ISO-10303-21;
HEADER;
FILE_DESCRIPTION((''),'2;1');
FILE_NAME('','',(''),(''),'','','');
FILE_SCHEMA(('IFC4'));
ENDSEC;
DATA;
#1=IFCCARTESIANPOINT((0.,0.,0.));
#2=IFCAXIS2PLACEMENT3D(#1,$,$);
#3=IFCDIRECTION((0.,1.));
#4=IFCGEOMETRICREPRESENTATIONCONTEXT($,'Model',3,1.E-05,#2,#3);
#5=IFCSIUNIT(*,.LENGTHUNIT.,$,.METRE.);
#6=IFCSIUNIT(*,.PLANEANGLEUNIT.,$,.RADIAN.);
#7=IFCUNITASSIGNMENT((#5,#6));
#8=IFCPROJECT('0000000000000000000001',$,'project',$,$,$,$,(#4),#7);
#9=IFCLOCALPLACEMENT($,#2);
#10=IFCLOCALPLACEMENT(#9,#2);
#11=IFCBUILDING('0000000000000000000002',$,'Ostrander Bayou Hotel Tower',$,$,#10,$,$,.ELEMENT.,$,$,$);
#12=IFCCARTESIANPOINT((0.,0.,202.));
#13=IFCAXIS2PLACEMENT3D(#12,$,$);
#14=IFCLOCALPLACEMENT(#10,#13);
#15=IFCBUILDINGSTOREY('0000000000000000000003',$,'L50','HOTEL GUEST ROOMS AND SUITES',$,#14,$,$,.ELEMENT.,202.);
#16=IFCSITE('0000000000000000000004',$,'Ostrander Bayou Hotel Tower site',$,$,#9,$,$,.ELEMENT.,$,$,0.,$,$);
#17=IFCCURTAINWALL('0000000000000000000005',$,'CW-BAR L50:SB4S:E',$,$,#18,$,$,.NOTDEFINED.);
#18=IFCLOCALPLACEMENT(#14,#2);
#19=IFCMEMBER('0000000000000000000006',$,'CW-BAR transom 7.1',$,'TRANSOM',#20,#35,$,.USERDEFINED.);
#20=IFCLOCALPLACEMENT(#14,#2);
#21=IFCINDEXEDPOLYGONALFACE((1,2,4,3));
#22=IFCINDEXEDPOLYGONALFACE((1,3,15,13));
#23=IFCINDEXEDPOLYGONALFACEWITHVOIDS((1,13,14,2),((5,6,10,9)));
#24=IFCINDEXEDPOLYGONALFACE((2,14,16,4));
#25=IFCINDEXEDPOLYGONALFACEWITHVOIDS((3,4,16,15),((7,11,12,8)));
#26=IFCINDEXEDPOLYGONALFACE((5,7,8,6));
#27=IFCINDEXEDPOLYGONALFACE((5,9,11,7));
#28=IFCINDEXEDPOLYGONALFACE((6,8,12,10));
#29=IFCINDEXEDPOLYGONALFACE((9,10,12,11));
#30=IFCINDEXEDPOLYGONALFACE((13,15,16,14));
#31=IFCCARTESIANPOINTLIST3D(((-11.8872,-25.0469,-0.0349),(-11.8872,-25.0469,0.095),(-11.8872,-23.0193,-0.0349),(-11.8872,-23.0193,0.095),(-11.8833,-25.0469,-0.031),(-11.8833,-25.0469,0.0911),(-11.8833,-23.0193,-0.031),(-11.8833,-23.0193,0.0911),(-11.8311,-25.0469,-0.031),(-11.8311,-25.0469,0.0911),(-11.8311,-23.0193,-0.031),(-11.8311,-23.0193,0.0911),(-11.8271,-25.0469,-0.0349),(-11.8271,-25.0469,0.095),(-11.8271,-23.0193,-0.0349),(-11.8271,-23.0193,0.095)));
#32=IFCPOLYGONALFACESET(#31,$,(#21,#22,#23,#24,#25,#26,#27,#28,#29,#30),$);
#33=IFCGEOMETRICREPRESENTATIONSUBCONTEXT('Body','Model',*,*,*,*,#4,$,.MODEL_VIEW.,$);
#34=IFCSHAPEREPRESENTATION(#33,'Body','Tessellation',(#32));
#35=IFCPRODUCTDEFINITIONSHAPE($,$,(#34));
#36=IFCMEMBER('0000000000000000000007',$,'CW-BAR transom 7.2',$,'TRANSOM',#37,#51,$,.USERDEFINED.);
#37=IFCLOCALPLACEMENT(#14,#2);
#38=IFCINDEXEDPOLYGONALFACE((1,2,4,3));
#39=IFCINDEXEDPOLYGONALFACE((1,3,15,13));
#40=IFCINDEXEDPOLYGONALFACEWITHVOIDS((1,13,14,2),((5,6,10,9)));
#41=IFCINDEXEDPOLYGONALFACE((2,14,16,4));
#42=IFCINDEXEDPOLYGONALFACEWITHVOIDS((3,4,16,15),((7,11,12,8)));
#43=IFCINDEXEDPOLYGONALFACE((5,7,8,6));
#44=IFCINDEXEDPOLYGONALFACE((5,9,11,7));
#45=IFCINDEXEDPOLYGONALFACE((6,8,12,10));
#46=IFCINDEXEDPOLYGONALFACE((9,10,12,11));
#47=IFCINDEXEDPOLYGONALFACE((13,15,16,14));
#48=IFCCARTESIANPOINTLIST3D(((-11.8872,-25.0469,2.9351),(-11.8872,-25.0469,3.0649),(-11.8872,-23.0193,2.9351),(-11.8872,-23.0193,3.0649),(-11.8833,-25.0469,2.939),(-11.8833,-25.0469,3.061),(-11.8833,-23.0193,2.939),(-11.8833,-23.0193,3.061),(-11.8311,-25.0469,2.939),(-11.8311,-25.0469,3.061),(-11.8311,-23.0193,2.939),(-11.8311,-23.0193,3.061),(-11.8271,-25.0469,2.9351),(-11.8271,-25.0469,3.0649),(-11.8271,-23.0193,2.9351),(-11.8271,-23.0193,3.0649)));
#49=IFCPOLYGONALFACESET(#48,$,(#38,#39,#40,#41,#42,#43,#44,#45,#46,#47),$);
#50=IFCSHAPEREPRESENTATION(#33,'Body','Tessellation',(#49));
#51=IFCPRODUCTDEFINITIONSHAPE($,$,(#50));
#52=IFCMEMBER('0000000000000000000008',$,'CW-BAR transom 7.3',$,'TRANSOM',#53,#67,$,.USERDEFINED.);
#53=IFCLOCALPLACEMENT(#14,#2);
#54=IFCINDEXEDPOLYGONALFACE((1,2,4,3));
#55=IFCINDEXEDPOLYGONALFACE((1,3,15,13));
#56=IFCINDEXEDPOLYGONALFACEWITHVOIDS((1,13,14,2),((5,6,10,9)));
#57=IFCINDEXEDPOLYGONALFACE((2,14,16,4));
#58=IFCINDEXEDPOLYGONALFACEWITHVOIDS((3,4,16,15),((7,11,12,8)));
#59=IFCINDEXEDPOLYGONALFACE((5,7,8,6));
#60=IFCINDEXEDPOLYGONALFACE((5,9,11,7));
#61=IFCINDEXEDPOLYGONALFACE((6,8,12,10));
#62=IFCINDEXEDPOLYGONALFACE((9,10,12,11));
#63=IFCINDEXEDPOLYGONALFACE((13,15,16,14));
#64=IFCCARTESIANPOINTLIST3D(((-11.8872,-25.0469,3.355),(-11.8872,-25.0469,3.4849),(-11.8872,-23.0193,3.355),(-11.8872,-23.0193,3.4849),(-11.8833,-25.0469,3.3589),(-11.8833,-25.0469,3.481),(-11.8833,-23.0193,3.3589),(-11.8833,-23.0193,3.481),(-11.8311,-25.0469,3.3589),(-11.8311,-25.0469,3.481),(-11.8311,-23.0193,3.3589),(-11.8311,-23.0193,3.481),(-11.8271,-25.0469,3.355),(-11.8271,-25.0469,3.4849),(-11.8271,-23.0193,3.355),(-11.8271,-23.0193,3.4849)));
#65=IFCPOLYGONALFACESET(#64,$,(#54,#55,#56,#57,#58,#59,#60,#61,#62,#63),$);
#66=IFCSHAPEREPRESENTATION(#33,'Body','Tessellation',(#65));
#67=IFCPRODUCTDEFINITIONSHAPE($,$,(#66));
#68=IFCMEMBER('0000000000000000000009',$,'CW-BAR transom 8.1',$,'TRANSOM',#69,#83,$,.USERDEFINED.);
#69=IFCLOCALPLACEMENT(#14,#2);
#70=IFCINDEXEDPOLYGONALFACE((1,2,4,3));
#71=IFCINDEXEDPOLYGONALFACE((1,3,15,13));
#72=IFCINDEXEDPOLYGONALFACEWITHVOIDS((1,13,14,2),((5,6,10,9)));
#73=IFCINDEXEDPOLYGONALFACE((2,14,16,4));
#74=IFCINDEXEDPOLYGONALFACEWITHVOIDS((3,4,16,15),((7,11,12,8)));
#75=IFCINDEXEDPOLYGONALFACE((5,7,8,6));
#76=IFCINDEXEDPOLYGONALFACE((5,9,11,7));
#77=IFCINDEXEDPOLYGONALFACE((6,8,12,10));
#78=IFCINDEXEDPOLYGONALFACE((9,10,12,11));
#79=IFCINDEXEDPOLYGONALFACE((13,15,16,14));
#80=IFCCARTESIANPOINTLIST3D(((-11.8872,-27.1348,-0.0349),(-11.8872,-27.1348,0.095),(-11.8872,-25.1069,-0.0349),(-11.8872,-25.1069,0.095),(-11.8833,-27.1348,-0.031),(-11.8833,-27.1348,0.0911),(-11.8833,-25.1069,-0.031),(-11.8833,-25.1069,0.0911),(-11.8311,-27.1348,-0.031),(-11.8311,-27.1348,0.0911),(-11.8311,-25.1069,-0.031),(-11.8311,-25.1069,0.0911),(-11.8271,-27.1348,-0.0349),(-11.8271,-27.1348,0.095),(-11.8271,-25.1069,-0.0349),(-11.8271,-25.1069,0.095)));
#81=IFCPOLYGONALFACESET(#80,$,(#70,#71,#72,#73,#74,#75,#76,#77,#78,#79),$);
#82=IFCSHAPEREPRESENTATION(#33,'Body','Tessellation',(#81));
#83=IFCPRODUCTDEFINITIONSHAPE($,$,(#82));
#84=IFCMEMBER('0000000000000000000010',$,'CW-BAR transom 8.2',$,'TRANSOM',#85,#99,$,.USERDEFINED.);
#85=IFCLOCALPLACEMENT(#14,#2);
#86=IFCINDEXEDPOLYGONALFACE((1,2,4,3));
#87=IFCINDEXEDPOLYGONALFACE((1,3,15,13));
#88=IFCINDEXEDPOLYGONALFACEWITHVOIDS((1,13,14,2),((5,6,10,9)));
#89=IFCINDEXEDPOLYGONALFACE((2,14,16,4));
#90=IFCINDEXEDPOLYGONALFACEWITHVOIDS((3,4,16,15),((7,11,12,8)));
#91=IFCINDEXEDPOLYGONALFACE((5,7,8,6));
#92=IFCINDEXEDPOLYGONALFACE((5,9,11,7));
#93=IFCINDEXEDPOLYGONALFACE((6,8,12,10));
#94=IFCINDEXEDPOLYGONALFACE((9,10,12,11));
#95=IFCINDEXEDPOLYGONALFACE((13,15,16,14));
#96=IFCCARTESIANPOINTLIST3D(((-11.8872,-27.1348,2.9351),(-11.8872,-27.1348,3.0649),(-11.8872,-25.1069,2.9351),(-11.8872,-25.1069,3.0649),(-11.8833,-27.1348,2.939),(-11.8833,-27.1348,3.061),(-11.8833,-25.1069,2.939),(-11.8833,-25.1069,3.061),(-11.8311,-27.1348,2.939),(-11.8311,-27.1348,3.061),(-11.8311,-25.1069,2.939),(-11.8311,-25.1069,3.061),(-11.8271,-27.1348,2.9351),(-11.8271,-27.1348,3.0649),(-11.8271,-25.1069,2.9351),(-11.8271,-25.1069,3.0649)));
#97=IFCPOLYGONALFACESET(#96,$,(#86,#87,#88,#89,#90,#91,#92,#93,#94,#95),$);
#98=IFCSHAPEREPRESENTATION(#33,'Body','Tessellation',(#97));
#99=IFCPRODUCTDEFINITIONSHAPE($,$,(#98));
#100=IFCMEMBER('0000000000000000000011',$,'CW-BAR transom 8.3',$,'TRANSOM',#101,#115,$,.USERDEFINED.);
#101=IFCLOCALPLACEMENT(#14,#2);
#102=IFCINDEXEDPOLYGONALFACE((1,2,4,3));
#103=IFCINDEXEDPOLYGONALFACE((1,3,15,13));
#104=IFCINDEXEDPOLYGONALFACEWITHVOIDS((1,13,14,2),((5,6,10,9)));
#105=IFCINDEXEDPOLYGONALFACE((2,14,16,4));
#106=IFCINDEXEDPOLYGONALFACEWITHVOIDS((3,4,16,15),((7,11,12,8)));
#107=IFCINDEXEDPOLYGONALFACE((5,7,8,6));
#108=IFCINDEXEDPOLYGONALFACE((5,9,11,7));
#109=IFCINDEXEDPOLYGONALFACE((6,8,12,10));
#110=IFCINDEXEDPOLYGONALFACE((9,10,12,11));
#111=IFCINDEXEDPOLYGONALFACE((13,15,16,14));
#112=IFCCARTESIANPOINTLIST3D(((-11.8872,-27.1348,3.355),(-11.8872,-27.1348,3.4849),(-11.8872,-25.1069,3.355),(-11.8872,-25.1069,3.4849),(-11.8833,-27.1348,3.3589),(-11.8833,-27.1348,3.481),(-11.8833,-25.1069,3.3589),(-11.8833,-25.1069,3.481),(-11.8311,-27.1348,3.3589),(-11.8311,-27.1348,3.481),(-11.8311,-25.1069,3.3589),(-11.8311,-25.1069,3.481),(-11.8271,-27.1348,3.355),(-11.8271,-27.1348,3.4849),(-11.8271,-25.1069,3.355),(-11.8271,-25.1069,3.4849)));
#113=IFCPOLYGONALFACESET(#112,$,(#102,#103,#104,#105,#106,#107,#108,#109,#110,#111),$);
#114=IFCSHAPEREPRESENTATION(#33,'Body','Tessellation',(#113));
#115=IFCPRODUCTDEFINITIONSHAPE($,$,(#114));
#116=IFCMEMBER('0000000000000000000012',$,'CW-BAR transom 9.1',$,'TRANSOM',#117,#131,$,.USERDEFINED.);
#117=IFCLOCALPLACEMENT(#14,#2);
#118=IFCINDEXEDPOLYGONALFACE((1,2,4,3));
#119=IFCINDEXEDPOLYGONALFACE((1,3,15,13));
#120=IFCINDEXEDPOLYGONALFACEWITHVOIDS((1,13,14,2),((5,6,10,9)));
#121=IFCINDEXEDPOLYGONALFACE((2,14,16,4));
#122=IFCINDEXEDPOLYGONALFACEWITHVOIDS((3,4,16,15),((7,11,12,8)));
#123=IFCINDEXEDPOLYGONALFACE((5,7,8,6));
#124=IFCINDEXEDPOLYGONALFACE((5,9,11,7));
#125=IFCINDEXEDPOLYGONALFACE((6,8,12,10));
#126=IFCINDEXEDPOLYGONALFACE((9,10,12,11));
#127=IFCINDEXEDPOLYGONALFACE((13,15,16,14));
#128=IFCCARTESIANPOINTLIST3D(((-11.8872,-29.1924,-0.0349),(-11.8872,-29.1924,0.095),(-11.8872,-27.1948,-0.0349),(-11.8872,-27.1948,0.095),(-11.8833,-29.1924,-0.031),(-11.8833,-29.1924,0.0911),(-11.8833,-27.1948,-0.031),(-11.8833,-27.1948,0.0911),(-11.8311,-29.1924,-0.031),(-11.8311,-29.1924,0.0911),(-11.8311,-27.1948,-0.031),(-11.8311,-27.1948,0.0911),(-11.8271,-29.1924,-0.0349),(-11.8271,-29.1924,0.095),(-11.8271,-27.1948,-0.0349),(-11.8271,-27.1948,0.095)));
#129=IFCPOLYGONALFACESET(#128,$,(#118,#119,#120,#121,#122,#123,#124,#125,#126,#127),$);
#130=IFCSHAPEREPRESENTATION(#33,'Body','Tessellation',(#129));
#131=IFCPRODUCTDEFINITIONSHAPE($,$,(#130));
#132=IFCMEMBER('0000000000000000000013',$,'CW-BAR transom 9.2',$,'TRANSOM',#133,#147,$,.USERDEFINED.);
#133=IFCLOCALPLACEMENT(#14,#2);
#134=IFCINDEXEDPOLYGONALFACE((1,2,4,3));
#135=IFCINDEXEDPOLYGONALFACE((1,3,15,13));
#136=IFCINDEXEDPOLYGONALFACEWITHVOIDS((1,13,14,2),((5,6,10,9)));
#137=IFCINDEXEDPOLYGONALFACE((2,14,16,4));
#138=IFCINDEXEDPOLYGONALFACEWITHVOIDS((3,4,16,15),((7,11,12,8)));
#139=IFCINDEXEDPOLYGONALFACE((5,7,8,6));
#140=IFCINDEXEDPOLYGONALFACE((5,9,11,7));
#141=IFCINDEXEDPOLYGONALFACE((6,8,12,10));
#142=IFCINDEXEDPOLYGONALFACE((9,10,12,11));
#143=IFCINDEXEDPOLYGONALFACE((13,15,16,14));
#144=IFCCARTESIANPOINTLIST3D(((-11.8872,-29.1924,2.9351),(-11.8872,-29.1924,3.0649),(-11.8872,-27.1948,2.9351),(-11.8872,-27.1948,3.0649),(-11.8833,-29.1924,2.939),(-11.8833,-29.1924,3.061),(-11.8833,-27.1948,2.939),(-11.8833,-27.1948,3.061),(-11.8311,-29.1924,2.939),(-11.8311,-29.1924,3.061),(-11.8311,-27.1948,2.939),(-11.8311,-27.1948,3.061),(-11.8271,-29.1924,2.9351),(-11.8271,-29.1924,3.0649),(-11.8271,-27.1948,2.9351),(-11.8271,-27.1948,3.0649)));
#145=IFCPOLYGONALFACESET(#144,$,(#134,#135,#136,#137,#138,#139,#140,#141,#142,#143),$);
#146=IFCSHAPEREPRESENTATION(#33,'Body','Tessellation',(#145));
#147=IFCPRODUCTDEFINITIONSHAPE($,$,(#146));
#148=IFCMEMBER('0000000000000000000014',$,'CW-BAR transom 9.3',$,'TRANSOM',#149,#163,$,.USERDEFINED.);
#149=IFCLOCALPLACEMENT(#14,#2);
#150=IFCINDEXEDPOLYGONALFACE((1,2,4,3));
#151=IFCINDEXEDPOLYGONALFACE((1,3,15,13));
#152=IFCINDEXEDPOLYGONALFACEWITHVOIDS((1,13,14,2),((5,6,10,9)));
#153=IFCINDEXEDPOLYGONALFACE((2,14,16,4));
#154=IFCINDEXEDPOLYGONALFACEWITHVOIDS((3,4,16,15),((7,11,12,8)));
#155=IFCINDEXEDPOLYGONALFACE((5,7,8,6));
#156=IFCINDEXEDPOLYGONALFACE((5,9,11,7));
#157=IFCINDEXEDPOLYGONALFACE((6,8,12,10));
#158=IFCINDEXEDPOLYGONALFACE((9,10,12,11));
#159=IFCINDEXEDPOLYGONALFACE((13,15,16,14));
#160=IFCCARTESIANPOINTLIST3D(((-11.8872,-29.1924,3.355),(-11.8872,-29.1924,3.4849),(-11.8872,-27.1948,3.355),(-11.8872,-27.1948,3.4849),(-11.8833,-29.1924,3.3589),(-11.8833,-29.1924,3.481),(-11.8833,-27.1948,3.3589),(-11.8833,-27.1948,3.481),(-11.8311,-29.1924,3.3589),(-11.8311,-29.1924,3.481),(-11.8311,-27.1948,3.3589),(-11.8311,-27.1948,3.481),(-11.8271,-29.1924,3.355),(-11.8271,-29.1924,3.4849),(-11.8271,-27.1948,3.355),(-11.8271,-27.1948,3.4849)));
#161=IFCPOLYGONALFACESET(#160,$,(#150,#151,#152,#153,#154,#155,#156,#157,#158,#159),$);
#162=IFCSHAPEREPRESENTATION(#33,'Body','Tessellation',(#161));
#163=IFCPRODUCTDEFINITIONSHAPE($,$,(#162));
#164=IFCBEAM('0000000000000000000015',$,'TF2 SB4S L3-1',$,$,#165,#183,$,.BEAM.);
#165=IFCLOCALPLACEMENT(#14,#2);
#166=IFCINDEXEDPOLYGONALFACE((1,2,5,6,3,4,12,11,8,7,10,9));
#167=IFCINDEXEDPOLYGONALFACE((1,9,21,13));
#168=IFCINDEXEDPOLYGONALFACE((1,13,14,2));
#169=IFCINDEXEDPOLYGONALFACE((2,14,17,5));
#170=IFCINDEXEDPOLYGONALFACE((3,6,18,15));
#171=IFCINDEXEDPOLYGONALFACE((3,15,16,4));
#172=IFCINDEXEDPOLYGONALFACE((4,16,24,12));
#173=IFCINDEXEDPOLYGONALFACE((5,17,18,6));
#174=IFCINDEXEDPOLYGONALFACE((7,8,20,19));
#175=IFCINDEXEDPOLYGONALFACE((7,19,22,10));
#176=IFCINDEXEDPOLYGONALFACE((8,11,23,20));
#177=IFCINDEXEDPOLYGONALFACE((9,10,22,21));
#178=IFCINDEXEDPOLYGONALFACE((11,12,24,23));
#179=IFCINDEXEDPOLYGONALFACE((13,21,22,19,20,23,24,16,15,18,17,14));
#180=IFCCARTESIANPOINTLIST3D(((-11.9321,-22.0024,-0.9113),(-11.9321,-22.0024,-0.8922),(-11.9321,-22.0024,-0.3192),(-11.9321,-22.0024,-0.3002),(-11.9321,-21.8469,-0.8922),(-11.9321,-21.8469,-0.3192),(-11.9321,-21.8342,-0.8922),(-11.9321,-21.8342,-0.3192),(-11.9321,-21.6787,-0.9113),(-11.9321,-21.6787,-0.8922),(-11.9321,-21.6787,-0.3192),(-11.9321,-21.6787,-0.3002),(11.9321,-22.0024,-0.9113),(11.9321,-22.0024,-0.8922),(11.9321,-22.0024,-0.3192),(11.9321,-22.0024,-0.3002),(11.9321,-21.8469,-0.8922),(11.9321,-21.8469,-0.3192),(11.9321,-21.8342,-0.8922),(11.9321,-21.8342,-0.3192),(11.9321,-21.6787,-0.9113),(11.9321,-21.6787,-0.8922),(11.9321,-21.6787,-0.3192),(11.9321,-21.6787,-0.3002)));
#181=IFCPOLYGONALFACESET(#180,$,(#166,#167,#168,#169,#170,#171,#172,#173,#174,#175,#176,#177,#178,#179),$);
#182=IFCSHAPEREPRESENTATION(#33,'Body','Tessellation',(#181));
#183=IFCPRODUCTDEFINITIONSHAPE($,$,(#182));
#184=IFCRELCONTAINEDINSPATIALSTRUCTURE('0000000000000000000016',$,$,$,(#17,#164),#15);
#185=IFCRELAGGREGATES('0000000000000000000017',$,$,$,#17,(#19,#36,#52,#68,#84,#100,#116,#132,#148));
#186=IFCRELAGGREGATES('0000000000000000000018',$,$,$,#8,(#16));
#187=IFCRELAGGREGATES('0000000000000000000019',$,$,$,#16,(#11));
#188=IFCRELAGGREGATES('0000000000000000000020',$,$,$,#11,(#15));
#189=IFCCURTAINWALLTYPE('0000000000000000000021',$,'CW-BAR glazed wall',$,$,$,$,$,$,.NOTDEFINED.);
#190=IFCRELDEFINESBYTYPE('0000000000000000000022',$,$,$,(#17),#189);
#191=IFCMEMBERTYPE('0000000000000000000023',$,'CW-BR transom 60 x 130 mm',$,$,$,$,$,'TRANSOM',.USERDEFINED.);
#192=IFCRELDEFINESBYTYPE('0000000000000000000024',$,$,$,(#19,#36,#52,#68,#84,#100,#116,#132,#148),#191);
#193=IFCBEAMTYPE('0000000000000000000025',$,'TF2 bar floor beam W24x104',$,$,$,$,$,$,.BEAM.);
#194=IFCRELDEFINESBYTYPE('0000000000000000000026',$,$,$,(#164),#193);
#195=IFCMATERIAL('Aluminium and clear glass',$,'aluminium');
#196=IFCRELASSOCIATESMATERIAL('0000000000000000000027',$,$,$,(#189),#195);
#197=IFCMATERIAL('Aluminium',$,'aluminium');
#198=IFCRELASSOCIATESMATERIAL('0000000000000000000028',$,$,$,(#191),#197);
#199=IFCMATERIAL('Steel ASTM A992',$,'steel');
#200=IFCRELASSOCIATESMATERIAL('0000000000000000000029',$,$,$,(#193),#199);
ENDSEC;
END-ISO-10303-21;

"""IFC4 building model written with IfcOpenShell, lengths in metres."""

from ifc_helpers import new_model, si_unit, direction, frame, origin, origin_2d, place, context, subcontext, project, spatial, hollow_rectangle, i_section, extrude, material, material_profile, profile_set, type_object, element, aggregate, save


model = new_model("IFC4")

# Units and contexts
model_context = context("Model", 3, precision=1e-05, world=origin(), true_north=direction((0.0, 1.0)))
body_context = subcontext(model_context, "Body", "Model", "MODEL_VIEW")
ifc_project = project(units=[si_unit("LENGTHUNIT", "METRE"), si_unit("PLANEANGLEUNIT", "RADIAN")], contexts=[model_context])

# Site, building, storey
site_placement = place(None, origin())
site = spatial("IfcSite", under=ifc_project, at=site_placement, Name="Ostrander Bayou Hotel Tower site", CompositionType="ELEMENT", RefElevation=0.0)
building_placement = place(site_placement, origin())
building = spatial("IfcBuilding", under=site, at=building_placement, Name="Ostrander Bayou Hotel Tower", CompositionType="ELEMENT")
storey_placement = place(building_placement, frame((0.0, 0.0, 202.0)))
storey = spatial("IfcBuildingStorey", under=building, at=storey_placement, Name="L50", Description="HOTEL GUEST ROOMS AND SUITES", CompositionType="ELEMENT", Elevation=202.0)

# Curtain wall
ifc_material_1 = material(Name="Aluminium and clear glass", Category="aluminium")
curtain_wall_type = type_object("IfcCurtainWallType", Name="CW-BAR glazed wall", PredefinedType="NOTDEFINED", material=ifc_material_1)
curtain_wall_1_placement = place(storey_placement, origin())
curtain_wall_1 = element("IfcCurtainWall", 1, at=curtain_wall_1_placement, inside=storey, type_object=curtain_wall_type, Name="CW-BAR L50:SB4S:E", PredefinedType="NOTDEFINED")

# Members
ifc_material_2 = material(Name="Aluminium", Category="aluminium")
ifc_material_profile_1 = material_profile(ifc_material_2, hollow_rectangle(XDim=0.0601, YDim=0.1299, WallThickness=0.0039, at=origin_2d()))
ifc_profile_set_1 = profile_set([ifc_material_profile_1], Name="Aluminium")
member_type_1 = type_object("IfcMemberType", Name="CW-BR transom 60 x 130 mm", ElementType="TRANSOM", PredefinedType="USERDEFINED", material=ifc_profile_set_1)
member_1_placement = place(storey_placement, frame((-11.8572, -23.0193, 0.03), z_axis=(0.0, -1.0, 0.0), x_axis=(1.0, 0.0, 0.0)))
member_1 = element("IfcMember", 2, at=member_1_placement, type_object=member_type_1, Name="CW-BAR transom 7.1", ObjectType="TRANSOM", PredefinedType="USERDEFINED", context=body_context, shape_type="SweptSolid", body=[
    extrude(hollow_rectangle(XDim=0.0601, YDim=0.1299, WallThickness=0.0039, at=origin_2d()), origin(), (0.0, 0.0, 1.0), 2.0276),
])
member_2_placement = place(storey_placement, frame((-11.8572, -23.0193, 3.0), z_axis=(0.0, -1.0, 0.0), x_axis=(1.0, 0.0, 0.0)))
member_2 = element("IfcMember", 3, at=member_2_placement, type_object=member_type_1, Name="CW-BAR transom 7.2", ObjectType="TRANSOM", PredefinedType="USERDEFINED", context=body_context, shape_type="SweptSolid", body=[
    extrude(hollow_rectangle(XDim=0.0601, YDim=0.1299, WallThickness=0.0039, at=origin_2d()), origin(), (0.0, 0.0, 1.0), 2.0276),
])
member_3_placement = place(storey_placement, frame((-11.8572, -23.0193, 3.4199), z_axis=(0.0, -1.0, 0.0), x_axis=(1.0, 0.0, 0.0)))
member_3 = element("IfcMember", 4, at=member_3_placement, type_object=member_type_1, Name="CW-BAR transom 7.3", ObjectType="TRANSOM", PredefinedType="USERDEFINED", context=body_context, shape_type="SweptSolid", body=[
    extrude(hollow_rectangle(XDim=0.0601, YDim=0.1299, WallThickness=0.0039, at=origin_2d()), origin(), (0.0, 0.0, 1.0), 2.0276),
])
member_4_placement = place(storey_placement, frame((-11.8572, -25.1069, 0.03), z_axis=(0.0, -1.0, 0.0), x_axis=(1.0, 0.0, 0.0)))
member_4 = element("IfcMember", 5, at=member_4_placement, type_object=member_type_1, Name="CW-BAR transom 8.1", ObjectType="TRANSOM", PredefinedType="USERDEFINED", context=body_context, shape_type="SweptSolid", body=[
    extrude(hollow_rectangle(XDim=0.0601, YDim=0.1299, WallThickness=0.0039, at=origin_2d()), origin(), (0.0, 0.0, 1.0), 2.0278),
])
member_5_placement = place(storey_placement, frame((-11.8572, -25.1069, 3.0), z_axis=(0.0, -1.0, 0.0), x_axis=(1.0, 0.0, 0.0)))
member_5 = element("IfcMember", 6, at=member_5_placement, type_object=member_type_1, Name="CW-BAR transom 8.2", ObjectType="TRANSOM", PredefinedType="USERDEFINED", context=body_context, shape_type="SweptSolid", body=[
    extrude(hollow_rectangle(XDim=0.0601, YDim=0.1299, WallThickness=0.0039, at=origin_2d()), origin(), (0.0, 0.0, 1.0), 2.0278),
])
member_6_placement = place(storey_placement, frame((-11.8572, -25.1069, 3.4199), z_axis=(0.0, -1.0, 0.0), x_axis=(1.0, 0.0, 0.0)))
member_6 = element("IfcMember", 7, at=member_6_placement, type_object=member_type_1, Name="CW-BAR transom 8.3", ObjectType="TRANSOM", PredefinedType="USERDEFINED", context=body_context, shape_type="SweptSolid", body=[
    extrude(hollow_rectangle(XDim=0.0601, YDim=0.1299, WallThickness=0.0039, at=origin_2d()), origin(), (0.0, 0.0, 1.0), 2.0278),
])
member_7_placement = place(storey_placement, frame((-11.8572, -27.1948, 0.03), z_axis=(0.0, -1.0, 0.0), x_axis=(1.0, 0.0, 0.0)))
member_7 = element("IfcMember", 8, at=member_7_placement, type_object=member_type_1, Name="CW-BAR transom 9.1", ObjectType="TRANSOM", PredefinedType="USERDEFINED", context=body_context, shape_type="SweptSolid", body=[
    extrude(hollow_rectangle(XDim=0.0601, YDim=0.1299, WallThickness=0.0039, at=origin_2d()), origin(), (0.0, 0.0, 1.0), 1.9976),
])
member_8_placement = place(storey_placement, frame((-11.8572, -27.1948, 3.0), z_axis=(0.0, -1.0, 0.0), x_axis=(1.0, 0.0, 0.0)))
member_8 = element("IfcMember", 9, at=member_8_placement, type_object=member_type_1, Name="CW-BAR transom 9.2", ObjectType="TRANSOM", PredefinedType="USERDEFINED", context=body_context, shape_type="SweptSolid", body=[
    extrude(hollow_rectangle(XDim=0.0601, YDim=0.1299, WallThickness=0.0039, at=origin_2d()), origin(), (0.0, 0.0, 1.0), 1.9976),
])
member_9_placement = place(storey_placement, frame((-11.8572, -27.1948, 3.4199), z_axis=(0.0, -1.0, 0.0), x_axis=(1.0, 0.0, 0.0)))
member_9 = element("IfcMember", 10, at=member_9_placement, type_object=member_type_1, Name="CW-BAR transom 9.3", ObjectType="TRANSOM", PredefinedType="USERDEFINED", context=body_context, shape_type="SweptSolid", body=[
    extrude(hollow_rectangle(XDim=0.0601, YDim=0.1299, WallThickness=0.0039, at=origin_2d()), origin(), (0.0, 0.0, 1.0), 1.9976),
])

# Beam
ifc_material_3 = material(Name="Steel ASTM A992", Category="steel")
ifc_material_profile_2 = material_profile(ifc_material_3, i_section(OverallWidth=0.3237, OverallDepth=0.6111, WebThickness=0.0127, FlangeThickness=0.019, at=origin_2d()))
ifc_profile_set_2 = profile_set([ifc_material_profile_2], Name="Steel ASTM A992")
beam_type = type_object("IfcBeamType", Name="TF2 bar floor beam W24x104", PredefinedType="BEAM", material=ifc_profile_set_2)
for number, where, z_axis, x_axis, name in (
    (11, (-11.9321, -21.8406, -0.6057), (1.0, 0.0, 0.0), (0.0, 1.0, 0.0), "TF2 SB4S L3-1"),
):
    element("IfcBeam", number, at=place(storey_placement, frame(where, z_axis=z_axis, x_axis=x_axis)), inside=storey, type_object=beam_type, Name=name, PredefinedType="BEAM", context=body_context, shape_type="SweptSolid", body=[
        extrude(i_section(OverallWidth=0.3237, OverallDepth=0.6111, WebThickness=0.0127, FlangeThickness=0.019, at=origin_2d()), origin(), (0.0, 0.0, 1.0), 23.8643),
    ])

aggregate(curtain_wall_1, [member_1, member_2, member_3, member_4, member_5, member_6, member_7, member_8, member_9])

save(model, "model.ifc")
